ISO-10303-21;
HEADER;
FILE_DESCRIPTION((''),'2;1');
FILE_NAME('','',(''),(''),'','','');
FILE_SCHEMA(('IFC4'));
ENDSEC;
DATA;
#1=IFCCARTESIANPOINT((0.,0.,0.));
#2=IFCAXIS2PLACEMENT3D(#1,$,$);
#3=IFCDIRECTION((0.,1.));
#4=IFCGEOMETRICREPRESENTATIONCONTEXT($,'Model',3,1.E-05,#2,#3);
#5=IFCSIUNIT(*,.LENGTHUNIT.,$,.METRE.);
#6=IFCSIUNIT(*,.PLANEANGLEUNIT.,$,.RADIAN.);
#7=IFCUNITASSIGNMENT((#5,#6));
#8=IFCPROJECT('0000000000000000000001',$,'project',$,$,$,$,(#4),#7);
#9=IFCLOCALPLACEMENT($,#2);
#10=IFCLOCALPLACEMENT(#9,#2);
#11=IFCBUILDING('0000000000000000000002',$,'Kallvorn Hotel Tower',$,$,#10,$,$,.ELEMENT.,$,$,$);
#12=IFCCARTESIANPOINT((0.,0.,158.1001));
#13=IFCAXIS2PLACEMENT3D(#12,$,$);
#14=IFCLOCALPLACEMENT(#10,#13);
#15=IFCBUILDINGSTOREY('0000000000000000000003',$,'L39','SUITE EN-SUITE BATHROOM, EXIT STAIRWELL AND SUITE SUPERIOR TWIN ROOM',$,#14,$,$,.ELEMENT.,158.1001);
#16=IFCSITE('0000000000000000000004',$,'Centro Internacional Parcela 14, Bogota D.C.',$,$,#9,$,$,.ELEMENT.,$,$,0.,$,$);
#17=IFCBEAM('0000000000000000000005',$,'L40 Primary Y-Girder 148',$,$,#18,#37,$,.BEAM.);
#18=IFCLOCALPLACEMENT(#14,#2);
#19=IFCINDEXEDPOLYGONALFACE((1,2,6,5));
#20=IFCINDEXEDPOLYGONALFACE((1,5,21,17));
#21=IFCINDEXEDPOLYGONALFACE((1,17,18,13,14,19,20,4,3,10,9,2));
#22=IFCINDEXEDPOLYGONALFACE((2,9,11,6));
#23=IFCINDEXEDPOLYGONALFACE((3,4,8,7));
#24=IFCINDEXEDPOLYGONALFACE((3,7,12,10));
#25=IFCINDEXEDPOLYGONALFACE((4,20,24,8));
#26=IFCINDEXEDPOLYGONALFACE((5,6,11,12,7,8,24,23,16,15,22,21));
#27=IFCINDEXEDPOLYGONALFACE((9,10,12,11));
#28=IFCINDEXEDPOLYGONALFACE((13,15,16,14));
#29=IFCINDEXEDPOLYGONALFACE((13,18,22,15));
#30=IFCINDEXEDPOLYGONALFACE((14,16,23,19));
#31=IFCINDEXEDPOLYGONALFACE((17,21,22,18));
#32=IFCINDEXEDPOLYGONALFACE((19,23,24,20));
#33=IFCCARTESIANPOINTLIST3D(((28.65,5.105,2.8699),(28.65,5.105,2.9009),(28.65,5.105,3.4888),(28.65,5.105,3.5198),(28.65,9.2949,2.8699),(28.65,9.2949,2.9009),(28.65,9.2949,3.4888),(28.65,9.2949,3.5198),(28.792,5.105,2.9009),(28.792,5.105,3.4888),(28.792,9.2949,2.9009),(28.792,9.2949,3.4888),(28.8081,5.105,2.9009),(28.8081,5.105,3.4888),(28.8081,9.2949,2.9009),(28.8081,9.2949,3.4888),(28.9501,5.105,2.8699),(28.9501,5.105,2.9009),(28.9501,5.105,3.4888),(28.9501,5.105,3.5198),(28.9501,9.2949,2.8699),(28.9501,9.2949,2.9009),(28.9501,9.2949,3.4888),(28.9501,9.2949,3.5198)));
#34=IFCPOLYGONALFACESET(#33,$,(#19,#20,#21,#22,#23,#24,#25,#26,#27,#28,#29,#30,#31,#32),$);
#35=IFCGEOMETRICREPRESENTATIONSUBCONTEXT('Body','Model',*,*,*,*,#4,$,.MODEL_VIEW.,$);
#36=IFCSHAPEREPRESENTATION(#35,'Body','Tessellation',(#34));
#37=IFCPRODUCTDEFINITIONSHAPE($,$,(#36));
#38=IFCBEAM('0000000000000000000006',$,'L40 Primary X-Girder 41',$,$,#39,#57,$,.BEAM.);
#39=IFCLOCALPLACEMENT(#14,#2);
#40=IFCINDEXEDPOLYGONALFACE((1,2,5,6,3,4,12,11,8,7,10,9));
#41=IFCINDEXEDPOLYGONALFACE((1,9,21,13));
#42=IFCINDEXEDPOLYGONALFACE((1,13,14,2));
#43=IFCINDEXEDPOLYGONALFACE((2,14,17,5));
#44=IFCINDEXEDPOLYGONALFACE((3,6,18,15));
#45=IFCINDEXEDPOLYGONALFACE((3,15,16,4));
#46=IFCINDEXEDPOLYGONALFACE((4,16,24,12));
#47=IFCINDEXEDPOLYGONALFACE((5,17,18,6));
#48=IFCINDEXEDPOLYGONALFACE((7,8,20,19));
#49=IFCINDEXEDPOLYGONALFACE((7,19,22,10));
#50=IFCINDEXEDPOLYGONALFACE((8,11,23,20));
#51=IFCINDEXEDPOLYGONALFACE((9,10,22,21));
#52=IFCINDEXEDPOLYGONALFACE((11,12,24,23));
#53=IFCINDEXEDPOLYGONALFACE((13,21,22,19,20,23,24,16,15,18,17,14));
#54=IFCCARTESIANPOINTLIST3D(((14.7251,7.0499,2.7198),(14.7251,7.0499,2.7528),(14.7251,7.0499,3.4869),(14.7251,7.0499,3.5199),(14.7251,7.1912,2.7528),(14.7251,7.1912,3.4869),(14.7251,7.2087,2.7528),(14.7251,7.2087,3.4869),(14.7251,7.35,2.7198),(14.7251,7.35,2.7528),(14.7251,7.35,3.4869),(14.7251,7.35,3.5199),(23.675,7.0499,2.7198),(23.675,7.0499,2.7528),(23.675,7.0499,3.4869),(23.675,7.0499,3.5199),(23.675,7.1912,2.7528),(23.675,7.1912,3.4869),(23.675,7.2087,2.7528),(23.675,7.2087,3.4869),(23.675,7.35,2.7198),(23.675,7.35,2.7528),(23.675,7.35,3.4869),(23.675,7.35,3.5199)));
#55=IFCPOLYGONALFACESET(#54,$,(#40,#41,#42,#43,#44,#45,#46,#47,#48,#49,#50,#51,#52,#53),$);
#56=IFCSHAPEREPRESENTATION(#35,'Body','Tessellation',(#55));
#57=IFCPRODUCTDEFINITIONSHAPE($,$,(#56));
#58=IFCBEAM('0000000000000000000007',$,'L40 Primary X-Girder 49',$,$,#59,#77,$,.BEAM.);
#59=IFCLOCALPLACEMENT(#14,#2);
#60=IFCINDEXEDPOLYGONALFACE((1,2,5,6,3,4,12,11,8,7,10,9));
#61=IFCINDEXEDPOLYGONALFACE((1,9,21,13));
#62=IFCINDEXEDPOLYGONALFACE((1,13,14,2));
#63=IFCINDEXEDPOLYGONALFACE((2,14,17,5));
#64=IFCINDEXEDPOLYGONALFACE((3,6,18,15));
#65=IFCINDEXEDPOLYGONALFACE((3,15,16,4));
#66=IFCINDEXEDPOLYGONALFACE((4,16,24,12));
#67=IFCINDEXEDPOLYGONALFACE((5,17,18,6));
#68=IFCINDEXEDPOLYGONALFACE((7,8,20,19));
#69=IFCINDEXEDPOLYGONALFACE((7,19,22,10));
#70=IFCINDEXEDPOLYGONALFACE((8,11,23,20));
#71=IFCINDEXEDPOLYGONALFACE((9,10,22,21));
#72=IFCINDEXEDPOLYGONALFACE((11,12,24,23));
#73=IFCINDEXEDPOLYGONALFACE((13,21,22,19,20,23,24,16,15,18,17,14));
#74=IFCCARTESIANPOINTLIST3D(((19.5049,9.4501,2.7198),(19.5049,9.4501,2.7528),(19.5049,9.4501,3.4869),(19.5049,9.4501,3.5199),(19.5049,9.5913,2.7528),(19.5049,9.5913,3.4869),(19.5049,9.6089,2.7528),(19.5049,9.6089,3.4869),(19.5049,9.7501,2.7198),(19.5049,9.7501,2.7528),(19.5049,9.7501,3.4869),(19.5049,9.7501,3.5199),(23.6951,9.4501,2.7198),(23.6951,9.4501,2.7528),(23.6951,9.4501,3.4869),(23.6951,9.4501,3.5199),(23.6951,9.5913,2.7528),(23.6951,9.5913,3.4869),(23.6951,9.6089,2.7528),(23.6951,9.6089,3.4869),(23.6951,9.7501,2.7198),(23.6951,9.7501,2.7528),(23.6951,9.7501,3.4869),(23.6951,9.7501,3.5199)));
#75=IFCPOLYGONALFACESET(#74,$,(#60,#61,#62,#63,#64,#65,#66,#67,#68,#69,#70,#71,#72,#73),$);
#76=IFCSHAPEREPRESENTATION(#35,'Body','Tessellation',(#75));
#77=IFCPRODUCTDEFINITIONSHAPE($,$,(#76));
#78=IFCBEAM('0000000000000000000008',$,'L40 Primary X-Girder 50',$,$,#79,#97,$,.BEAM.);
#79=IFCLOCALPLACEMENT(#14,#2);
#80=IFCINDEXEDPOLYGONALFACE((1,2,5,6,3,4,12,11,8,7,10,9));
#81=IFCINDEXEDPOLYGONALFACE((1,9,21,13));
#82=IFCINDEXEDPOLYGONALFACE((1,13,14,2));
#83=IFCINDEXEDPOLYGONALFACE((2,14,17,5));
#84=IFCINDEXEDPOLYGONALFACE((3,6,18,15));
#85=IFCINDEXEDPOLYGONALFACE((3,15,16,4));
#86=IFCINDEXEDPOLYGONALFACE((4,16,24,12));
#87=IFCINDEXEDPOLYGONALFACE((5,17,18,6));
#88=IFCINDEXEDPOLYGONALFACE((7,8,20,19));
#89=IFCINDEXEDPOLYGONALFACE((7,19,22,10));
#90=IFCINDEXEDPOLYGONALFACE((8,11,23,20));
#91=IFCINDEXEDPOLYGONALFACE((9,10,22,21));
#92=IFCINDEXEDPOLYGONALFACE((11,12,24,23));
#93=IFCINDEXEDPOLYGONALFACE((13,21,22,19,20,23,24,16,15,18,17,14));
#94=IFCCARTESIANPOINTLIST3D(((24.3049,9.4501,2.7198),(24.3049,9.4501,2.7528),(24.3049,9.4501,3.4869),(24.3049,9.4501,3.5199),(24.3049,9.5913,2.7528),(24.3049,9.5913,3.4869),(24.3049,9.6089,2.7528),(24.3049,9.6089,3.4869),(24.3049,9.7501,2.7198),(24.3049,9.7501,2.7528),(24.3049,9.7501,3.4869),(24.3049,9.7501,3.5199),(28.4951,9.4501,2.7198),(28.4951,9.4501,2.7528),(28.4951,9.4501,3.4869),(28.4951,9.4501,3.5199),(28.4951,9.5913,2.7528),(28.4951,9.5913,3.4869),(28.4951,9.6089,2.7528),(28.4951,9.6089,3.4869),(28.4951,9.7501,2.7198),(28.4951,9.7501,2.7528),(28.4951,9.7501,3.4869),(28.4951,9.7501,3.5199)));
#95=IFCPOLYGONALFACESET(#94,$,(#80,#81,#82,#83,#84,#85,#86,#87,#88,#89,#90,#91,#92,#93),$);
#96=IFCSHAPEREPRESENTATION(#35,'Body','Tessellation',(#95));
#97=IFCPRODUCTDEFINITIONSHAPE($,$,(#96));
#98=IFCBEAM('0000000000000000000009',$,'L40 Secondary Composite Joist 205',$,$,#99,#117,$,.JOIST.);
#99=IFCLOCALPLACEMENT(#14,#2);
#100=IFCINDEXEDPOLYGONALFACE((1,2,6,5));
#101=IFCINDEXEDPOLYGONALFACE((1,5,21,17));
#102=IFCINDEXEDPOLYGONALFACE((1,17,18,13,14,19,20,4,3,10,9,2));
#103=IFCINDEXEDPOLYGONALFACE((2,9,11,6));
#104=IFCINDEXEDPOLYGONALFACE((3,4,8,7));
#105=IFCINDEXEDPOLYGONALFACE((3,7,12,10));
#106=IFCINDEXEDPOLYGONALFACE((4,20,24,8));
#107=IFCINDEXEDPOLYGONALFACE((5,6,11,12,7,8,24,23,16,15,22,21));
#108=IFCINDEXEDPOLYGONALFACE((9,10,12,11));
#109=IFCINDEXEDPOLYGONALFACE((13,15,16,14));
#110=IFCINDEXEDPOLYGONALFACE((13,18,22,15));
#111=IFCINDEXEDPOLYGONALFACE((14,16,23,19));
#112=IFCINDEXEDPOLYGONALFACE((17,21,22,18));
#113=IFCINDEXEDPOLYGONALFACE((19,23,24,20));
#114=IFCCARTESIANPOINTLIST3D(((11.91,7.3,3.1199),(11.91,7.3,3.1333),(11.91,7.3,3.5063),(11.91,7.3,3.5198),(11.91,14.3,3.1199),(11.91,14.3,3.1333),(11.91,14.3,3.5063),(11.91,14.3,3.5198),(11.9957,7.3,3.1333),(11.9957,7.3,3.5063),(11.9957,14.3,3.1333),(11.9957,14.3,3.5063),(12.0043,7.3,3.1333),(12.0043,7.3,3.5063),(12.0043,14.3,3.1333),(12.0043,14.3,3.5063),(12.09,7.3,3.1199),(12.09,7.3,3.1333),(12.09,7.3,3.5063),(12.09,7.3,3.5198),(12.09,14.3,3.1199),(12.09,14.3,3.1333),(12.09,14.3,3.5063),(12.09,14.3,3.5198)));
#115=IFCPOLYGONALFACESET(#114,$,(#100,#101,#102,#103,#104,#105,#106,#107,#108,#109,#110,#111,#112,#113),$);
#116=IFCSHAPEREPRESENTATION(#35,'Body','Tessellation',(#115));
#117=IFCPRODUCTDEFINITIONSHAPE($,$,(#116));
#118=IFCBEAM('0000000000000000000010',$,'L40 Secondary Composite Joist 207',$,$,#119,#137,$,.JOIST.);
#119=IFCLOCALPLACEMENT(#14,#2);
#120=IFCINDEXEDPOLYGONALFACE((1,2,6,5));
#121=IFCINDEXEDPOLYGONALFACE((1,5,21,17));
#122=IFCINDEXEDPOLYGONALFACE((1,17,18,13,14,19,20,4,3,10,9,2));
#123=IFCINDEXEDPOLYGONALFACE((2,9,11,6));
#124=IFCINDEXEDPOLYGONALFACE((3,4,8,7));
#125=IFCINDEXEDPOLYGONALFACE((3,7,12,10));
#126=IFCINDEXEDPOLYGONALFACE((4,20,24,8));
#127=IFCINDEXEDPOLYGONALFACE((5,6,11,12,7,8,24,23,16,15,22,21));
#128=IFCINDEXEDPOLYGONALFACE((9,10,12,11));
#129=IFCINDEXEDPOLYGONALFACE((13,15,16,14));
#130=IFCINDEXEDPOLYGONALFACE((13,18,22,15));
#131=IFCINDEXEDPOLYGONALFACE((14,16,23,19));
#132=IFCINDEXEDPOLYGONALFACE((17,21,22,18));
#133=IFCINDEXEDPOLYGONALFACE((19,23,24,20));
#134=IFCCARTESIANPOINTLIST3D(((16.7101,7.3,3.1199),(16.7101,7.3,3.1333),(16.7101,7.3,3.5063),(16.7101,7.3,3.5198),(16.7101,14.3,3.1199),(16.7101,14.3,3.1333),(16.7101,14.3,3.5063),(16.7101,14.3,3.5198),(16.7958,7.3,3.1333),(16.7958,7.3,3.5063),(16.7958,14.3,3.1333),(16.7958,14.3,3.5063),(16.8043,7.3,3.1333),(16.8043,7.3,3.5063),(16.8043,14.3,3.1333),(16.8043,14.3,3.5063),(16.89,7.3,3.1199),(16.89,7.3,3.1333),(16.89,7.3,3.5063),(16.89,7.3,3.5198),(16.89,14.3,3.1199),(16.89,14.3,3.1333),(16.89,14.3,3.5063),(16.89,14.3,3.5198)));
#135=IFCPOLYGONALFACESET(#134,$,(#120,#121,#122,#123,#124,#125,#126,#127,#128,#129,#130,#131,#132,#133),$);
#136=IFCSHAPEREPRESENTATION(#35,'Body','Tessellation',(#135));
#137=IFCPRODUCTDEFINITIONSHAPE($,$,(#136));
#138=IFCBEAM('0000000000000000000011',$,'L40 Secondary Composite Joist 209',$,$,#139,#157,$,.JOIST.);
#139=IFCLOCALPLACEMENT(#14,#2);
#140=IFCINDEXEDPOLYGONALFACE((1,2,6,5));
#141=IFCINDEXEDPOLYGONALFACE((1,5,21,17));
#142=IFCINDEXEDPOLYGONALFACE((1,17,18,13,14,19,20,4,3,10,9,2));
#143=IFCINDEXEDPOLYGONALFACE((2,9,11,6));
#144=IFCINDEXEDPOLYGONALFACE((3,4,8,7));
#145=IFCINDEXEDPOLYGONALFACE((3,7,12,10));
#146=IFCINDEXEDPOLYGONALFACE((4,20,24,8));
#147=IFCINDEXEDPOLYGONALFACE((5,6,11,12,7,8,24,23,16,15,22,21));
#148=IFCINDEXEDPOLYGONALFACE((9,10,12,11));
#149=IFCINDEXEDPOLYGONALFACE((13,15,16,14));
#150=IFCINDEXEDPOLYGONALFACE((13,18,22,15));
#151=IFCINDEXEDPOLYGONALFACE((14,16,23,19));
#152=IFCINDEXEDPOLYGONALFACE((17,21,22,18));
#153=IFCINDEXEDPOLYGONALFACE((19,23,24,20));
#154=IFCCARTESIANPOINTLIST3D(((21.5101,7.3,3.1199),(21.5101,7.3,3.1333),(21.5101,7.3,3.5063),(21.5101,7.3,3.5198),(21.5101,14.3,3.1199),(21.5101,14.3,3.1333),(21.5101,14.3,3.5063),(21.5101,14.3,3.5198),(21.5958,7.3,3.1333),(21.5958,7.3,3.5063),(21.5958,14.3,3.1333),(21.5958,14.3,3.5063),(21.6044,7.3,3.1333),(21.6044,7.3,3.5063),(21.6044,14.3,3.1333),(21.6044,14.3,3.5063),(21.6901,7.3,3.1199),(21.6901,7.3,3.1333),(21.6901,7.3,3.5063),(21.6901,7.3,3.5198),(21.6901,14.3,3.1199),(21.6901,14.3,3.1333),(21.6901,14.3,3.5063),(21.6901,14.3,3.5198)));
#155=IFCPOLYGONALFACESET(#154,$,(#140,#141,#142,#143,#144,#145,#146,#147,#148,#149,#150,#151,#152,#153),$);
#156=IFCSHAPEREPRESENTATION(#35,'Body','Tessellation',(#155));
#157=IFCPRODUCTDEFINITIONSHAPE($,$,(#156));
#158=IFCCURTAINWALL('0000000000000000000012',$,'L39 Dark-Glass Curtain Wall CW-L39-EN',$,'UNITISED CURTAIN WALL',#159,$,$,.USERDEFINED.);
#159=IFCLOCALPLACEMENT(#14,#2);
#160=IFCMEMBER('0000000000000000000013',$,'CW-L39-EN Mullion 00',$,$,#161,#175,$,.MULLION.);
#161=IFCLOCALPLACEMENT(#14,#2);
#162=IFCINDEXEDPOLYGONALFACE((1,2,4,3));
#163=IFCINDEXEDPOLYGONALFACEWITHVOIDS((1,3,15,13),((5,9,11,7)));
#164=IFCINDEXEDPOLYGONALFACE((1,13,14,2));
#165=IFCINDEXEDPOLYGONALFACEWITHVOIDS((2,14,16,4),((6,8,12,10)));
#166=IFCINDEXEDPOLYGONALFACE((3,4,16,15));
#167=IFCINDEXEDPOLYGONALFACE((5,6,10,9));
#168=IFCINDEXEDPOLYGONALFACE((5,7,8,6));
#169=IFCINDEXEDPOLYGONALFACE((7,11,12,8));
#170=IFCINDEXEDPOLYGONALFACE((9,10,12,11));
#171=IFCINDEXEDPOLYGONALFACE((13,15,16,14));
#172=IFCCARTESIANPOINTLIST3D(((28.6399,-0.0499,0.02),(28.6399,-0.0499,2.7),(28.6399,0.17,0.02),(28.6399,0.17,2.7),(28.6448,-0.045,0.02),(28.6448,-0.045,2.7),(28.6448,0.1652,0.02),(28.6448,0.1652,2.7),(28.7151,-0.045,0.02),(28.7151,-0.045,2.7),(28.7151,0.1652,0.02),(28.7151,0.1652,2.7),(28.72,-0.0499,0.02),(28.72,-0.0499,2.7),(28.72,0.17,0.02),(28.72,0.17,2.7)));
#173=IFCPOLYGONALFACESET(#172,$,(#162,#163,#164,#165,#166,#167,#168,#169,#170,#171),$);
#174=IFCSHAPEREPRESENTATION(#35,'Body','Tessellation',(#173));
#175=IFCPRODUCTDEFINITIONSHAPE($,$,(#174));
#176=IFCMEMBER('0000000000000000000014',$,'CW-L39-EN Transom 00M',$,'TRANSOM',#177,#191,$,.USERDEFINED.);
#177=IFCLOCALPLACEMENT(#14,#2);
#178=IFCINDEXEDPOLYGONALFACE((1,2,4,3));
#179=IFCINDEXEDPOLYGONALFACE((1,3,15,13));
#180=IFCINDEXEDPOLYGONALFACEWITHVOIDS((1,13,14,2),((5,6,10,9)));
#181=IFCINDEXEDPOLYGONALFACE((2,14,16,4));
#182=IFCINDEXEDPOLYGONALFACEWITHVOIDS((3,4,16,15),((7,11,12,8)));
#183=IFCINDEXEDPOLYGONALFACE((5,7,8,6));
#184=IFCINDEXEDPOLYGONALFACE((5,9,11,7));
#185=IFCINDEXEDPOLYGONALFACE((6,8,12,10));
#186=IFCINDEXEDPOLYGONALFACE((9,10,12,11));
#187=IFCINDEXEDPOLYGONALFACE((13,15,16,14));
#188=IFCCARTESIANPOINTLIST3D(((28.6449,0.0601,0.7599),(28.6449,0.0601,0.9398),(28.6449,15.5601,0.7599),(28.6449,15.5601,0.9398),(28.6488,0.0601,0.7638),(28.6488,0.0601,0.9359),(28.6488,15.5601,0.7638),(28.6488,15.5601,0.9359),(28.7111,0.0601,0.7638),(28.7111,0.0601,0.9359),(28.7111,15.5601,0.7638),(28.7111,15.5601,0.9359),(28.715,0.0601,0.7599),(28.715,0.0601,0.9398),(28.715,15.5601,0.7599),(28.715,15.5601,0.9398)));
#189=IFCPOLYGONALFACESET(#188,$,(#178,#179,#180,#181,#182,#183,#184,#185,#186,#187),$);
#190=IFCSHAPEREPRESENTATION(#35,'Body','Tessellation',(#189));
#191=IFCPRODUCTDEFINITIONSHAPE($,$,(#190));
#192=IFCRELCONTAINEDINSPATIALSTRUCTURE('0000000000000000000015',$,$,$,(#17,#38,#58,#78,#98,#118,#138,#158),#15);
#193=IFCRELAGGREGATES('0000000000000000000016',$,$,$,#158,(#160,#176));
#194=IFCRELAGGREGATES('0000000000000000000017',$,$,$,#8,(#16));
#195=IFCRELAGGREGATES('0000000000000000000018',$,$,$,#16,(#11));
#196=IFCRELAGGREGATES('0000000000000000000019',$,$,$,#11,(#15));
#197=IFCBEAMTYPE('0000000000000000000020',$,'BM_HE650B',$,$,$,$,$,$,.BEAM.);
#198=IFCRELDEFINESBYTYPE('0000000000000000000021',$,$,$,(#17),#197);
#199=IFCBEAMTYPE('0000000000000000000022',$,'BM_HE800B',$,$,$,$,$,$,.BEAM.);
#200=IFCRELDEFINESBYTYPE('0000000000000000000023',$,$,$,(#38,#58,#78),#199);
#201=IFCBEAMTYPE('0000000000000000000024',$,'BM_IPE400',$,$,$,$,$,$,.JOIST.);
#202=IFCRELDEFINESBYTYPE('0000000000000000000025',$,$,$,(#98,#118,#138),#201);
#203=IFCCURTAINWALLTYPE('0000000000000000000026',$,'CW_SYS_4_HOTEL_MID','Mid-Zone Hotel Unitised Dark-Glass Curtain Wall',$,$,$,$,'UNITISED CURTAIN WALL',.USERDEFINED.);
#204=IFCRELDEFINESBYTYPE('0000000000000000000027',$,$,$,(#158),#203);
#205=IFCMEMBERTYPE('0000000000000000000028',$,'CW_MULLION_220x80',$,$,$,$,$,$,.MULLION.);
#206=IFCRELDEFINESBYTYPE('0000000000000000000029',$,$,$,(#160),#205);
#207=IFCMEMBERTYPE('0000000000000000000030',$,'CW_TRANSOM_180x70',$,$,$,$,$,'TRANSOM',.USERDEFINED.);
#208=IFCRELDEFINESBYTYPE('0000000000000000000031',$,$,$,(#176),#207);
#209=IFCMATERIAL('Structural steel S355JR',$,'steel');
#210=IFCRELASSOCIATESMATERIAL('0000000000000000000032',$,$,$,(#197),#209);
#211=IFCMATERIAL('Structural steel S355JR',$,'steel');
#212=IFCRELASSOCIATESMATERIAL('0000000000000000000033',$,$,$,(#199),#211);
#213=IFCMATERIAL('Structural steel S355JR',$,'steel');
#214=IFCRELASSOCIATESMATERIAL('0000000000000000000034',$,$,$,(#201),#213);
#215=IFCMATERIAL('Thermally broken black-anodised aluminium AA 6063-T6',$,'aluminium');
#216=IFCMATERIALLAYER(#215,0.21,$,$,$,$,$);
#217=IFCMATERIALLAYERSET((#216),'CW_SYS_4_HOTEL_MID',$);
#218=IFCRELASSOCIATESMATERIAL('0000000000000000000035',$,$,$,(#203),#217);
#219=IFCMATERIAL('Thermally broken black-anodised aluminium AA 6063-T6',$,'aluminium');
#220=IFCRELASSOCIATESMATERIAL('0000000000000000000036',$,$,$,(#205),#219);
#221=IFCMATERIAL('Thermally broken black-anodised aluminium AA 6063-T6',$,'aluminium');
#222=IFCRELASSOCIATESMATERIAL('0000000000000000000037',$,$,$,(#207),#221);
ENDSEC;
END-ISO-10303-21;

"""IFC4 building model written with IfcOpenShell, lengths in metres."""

from ifc_helpers import new_model, si_unit, direction, frame, origin, origin_2d, place, context, subcontext, project, spatial, hollow_rectangle, i_section, extrude, material, layer, layer_set, material_profile, profile_set, type_object, element, aggregate, save


model = new_model("IFC4")

# Units and contexts
model_context = context("Model", 3, precision=1e-05, world=origin(), true_north=direction((0.0, 1.0)))
body_context = subcontext(model_context, "Body", "Model", "MODEL_VIEW")
ifc_project = project(units=[si_unit("LENGTHUNIT", "METRE"), si_unit("PLANEANGLEUNIT", "RADIAN")], contexts=[model_context])

# Site, building, storey
site_placement = place(None, origin())
site = spatial("IfcSite", under=ifc_project, at=site_placement, Name="Centro Internacional Parcela 14, Bogota D.C.", CompositionType="ELEMENT", RefElevation=0.0)
building_placement = place(site_placement, origin())
building = spatial("IfcBuilding", under=site, at=building_placement, Name="Kallvorn Hotel Tower", CompositionType="ELEMENT")
storey_placement = place(building_placement, frame((0.0, 0.0, 158.1001)))
storey = spatial("IfcBuildingStorey", under=building, at=storey_placement, Name="L39", Description="SUITE EN-SUITE BATHROOM, EXIT STAIRWELL AND SUITE SUPERIOR TWIN ROOM", CompositionType="ELEMENT", Elevation=158.1001)

# Beams
ifc_material_1 = material(Name="Structural steel S355JR", Category="steel")
ifc_material_profile_1 = material_profile(ifc_material_1, i_section(OverallWidth=0.3, OverallDepth=0.6499, WebThickness=0.0161, FlangeThickness=0.031, at=origin_2d()), Name="HE 650 B")
ifc_profile_set_1 = profile_set([ifc_material_profile_1], Name="Structural steel S355JR")
beam_type_1 = type_object("IfcBeamType", Name="BM_HE650B", PredefinedType="BEAM", material=ifc_profile_set_1)
beam_1_placement = place(storey_placement, frame((28.8, 5.105, 3.1948), z_axis=(0.0, 1.0, 0.0), x_axis=(-1.0, 0.0, 0.0)))
element("IfcBeam", 1, at=beam_1_placement, inside=storey, type_object=beam_type_1, Name="L40 Primary Y-Girder 148", PredefinedType="BEAM", context=body_context, shape_type="SweptSolid", body=[
    extrude(i_section(OverallWidth=0.3, OverallDepth=0.6499, WebThickness=0.0161, FlangeThickness=0.031, at=origin_2d()), origin(), (0.0, 0.0, 1.0), 4.1899),
])
ifc_material_2 = material(Name="Structural steel S355JR", Category="steel")
ifc_material_profile_2 = material_profile(ifc_material_2, i_section(OverallWidth=0.3, OverallDepth=0.8, WebThickness=0.0176, FlangeThickness=0.033, at=origin_2d()), Name="HE 800 B")
ifc_profile_set_2 = profile_set([ifc_material_profile_2], Name="Structural steel S355JR")
beam_type_2 = type_object("IfcBeamType", Name="BM_HE800B", PredefinedType="BEAM", material=ifc_profile_set_2)
beam_2_placement = place(storey_placement, frame((14.7251, 7.2, 3.1199), z_axis=(1.0, 0.0, 0.0), x_axis=(0.0, 1.0, 0.0)))
element("IfcBeam", 2, at=beam_2_placement, inside=storey, type_object=beam_type_2, Name="L40 Primary X-Girder 41", PredefinedType="BEAM", context=body_context, shape_type="SweptSolid", body=[
    extrude(i_section(OverallWidth=0.3, OverallDepth=0.8, WebThickness=0.0176, FlangeThickness=0.033, at=origin_2d()), origin(), (0.0, 0.0, 1.0), 8.95),
])
for number, where, z_axis, x_axis, name in (
    (3, (19.5049, 9.6001, 3.1199), (1.0, 0.0, 0.0), (0.0, 1.0, 0.0), "L40 Primary X-Girder 49"),
    (4, (24.3049, 9.6001, 3.1199), (1.0, 0.0, 0.0), (0.0, 1.0, 0.0), "L40 Primary X-Girder 50"),
):
    element("IfcBeam", number, at=place(storey_placement, frame(where, z_axis=z_axis, x_axis=x_axis)), inside=storey, type_object=beam_type_2, Name=name, PredefinedType="BEAM", context=body_context, shape_type="SweptSolid", body=[
        extrude(i_section(OverallWidth=0.3, OverallDepth=0.8, WebThickness=0.0176, FlangeThickness=0.033, at=origin_2d()), origin(), (0.0, 0.0, 1.0), 4.1902),
    ])
ifc_material_3 = material(Name="Structural steel S355JR", Category="steel")
ifc_material_profile_3 = material_profile(ifc_material_3, i_section(OverallWidth=0.1799, OverallDepth=0.3999, WebThickness=0.0085, FlangeThickness=0.0134, at=origin_2d()), Name="IPE 400")
ifc_profile_set_3 = profile_set([ifc_material_profile_3], Name="Structural steel S355JR")
beam_type_3 = type_object("IfcBeamType", Name="BM_IPE400", PredefinedType="JOIST", material=ifc_profile_set_3)
for number, where, z_axis, x_axis, name in (
    (5, (12.0, 7.3, 3.3198), (0.0, 1.0, 0.0), (-1.0, 0.0, 0.0), "L40 Secondary Composite Joist 205"),
    (6, (16.8, 7.3, 3.3198), (0.0, 1.0, 0.0), (-1.0, 0.0, 0.0), "L40 Secondary Composite Joist 207"),
    (7, (21.6001, 7.3, 3.3198), (0.0, 1.0, 0.0), (-1.0, 0.0, 0.0), "L40 Secondary Composite Joist 209"),
):
    element("IfcBeam", number, at=place(storey_placement, frame(where, z_axis=z_axis, x_axis=x_axis)), inside=storey, type_object=beam_type_3, Name=name, PredefinedType="JOIST", context=body_context, shape_type="SweptSolid", body=[
        extrude(i_section(OverallWidth=0.1799, OverallDepth=0.3999, WebThickness=0.0085, FlangeThickness=0.0134, at=origin_2d()), origin(), (0.0, 0.0, 1.0), 7.0),
    ])

# Curtain wall, members
ifc_material_4 = material(Name="Thermally broken black-anodised aluminium AA 6063-T6", Category="aluminium")
ifc_layer_1 = layer(ifc_material_4, 0.21)
ifc_layer_set_1 = layer_set([ifc_layer_1], Name="CW_SYS_4_HOTEL_MID")
curtain_wall_type = type_object("IfcCurtainWallType", Name="CW_SYS_4_HOTEL_MID", Description="Mid-Zone Hotel Unitised Dark-Glass Curtain Wall", ElementType="UNITISED CURTAIN WALL", PredefinedType="USERDEFINED", material=ifc_layer_set_1)
curtain_wall_placement = place(storey_placement, origin())
curtain_wall = element("IfcCurtainWall", 8, at=curtain_wall_placement, inside=storey, type_object=curtain_wall_type, Name="L39 Dark-Glass Curtain Wall CW-L39-EN", ObjectType="UNITISED CURTAIN WALL", PredefinedType="USERDEFINED")
ifc_material_5 = material(Name="Thermally broken black-anodised aluminium AA 6063-T6", Category="aluminium")
ifc_material_profile_4 = material_profile(ifc_material_5, hollow_rectangle(XDim=0.0801, YDim=0.22, WallThickness=0.0049, at=origin_2d()), Name="MUL 220x80")
ifc_profile_set_4 = profile_set([ifc_material_profile_4], Name="Thermally broken black-anodised aluminium AA 6063-T6")
member_type_1 = type_object("IfcMemberType", Name="CW_MULLION_220x80", PredefinedType="MULLION", material=ifc_profile_set_4)
member_1_placement = place(storey_placement, frame((28.6799, 0.0601, 0.02), z_axis=(0.0, 0.0, 1.0), x_axis=(1.0, 0.0, 0.0)))
member_1 = element("IfcMember", 9, at=member_1_placement, type_object=member_type_1, Name="CW-L39-EN Mullion 00", PredefinedType="MULLION", context=body_context, shape_type="SweptSolid", body=[
    extrude(hollow_rectangle(XDim=0.0801, YDim=0.22, WallThickness=0.0049, at=origin_2d()), origin(), (0.0, 0.0, 1.0), 2.6799),
])
ifc_material_6 = material(Name="Thermally broken black-anodised aluminium AA 6063-T6", Category="aluminium")
ifc_material_profile_5 = material_profile(ifc_material_6, hollow_rectangle(XDim=0.0701, YDim=0.1799, WallThickness=0.0039, at=origin_2d()), Name="TRN 180x70")
ifc_profile_set_5 = profile_set([ifc_material_profile_5], Name="Thermally broken black-anodised aluminium AA 6063-T6")
member_type_2 = type_object("IfcMemberType", Name="CW_TRANSOM_180x70", ElementType="TRANSOM", PredefinedType="USERDEFINED", material=ifc_profile_set_5)
member_2_placement = place(storey_placement, frame((28.6799, 0.0601, 0.8499), z_axis=(0.0, 1.0, 0.0), x_axis=(-1.0, 0.0, 0.0)))
member_2 = element("IfcMember", 10, at=member_2_placement, type_object=member_type_2, Name="CW-L39-EN Transom 00M", ObjectType="TRANSOM", PredefinedType="USERDEFINED", context=body_context, shape_type="SweptSolid", body=[
    extrude(hollow_rectangle(XDim=0.0701, YDim=0.1799, WallThickness=0.0039, at=origin_2d()), origin(), (0.0, 0.0, 1.0), 15.5),
])
aggregate(curtain_wall, [member_1, member_2])

save(model, "model.ifc")
